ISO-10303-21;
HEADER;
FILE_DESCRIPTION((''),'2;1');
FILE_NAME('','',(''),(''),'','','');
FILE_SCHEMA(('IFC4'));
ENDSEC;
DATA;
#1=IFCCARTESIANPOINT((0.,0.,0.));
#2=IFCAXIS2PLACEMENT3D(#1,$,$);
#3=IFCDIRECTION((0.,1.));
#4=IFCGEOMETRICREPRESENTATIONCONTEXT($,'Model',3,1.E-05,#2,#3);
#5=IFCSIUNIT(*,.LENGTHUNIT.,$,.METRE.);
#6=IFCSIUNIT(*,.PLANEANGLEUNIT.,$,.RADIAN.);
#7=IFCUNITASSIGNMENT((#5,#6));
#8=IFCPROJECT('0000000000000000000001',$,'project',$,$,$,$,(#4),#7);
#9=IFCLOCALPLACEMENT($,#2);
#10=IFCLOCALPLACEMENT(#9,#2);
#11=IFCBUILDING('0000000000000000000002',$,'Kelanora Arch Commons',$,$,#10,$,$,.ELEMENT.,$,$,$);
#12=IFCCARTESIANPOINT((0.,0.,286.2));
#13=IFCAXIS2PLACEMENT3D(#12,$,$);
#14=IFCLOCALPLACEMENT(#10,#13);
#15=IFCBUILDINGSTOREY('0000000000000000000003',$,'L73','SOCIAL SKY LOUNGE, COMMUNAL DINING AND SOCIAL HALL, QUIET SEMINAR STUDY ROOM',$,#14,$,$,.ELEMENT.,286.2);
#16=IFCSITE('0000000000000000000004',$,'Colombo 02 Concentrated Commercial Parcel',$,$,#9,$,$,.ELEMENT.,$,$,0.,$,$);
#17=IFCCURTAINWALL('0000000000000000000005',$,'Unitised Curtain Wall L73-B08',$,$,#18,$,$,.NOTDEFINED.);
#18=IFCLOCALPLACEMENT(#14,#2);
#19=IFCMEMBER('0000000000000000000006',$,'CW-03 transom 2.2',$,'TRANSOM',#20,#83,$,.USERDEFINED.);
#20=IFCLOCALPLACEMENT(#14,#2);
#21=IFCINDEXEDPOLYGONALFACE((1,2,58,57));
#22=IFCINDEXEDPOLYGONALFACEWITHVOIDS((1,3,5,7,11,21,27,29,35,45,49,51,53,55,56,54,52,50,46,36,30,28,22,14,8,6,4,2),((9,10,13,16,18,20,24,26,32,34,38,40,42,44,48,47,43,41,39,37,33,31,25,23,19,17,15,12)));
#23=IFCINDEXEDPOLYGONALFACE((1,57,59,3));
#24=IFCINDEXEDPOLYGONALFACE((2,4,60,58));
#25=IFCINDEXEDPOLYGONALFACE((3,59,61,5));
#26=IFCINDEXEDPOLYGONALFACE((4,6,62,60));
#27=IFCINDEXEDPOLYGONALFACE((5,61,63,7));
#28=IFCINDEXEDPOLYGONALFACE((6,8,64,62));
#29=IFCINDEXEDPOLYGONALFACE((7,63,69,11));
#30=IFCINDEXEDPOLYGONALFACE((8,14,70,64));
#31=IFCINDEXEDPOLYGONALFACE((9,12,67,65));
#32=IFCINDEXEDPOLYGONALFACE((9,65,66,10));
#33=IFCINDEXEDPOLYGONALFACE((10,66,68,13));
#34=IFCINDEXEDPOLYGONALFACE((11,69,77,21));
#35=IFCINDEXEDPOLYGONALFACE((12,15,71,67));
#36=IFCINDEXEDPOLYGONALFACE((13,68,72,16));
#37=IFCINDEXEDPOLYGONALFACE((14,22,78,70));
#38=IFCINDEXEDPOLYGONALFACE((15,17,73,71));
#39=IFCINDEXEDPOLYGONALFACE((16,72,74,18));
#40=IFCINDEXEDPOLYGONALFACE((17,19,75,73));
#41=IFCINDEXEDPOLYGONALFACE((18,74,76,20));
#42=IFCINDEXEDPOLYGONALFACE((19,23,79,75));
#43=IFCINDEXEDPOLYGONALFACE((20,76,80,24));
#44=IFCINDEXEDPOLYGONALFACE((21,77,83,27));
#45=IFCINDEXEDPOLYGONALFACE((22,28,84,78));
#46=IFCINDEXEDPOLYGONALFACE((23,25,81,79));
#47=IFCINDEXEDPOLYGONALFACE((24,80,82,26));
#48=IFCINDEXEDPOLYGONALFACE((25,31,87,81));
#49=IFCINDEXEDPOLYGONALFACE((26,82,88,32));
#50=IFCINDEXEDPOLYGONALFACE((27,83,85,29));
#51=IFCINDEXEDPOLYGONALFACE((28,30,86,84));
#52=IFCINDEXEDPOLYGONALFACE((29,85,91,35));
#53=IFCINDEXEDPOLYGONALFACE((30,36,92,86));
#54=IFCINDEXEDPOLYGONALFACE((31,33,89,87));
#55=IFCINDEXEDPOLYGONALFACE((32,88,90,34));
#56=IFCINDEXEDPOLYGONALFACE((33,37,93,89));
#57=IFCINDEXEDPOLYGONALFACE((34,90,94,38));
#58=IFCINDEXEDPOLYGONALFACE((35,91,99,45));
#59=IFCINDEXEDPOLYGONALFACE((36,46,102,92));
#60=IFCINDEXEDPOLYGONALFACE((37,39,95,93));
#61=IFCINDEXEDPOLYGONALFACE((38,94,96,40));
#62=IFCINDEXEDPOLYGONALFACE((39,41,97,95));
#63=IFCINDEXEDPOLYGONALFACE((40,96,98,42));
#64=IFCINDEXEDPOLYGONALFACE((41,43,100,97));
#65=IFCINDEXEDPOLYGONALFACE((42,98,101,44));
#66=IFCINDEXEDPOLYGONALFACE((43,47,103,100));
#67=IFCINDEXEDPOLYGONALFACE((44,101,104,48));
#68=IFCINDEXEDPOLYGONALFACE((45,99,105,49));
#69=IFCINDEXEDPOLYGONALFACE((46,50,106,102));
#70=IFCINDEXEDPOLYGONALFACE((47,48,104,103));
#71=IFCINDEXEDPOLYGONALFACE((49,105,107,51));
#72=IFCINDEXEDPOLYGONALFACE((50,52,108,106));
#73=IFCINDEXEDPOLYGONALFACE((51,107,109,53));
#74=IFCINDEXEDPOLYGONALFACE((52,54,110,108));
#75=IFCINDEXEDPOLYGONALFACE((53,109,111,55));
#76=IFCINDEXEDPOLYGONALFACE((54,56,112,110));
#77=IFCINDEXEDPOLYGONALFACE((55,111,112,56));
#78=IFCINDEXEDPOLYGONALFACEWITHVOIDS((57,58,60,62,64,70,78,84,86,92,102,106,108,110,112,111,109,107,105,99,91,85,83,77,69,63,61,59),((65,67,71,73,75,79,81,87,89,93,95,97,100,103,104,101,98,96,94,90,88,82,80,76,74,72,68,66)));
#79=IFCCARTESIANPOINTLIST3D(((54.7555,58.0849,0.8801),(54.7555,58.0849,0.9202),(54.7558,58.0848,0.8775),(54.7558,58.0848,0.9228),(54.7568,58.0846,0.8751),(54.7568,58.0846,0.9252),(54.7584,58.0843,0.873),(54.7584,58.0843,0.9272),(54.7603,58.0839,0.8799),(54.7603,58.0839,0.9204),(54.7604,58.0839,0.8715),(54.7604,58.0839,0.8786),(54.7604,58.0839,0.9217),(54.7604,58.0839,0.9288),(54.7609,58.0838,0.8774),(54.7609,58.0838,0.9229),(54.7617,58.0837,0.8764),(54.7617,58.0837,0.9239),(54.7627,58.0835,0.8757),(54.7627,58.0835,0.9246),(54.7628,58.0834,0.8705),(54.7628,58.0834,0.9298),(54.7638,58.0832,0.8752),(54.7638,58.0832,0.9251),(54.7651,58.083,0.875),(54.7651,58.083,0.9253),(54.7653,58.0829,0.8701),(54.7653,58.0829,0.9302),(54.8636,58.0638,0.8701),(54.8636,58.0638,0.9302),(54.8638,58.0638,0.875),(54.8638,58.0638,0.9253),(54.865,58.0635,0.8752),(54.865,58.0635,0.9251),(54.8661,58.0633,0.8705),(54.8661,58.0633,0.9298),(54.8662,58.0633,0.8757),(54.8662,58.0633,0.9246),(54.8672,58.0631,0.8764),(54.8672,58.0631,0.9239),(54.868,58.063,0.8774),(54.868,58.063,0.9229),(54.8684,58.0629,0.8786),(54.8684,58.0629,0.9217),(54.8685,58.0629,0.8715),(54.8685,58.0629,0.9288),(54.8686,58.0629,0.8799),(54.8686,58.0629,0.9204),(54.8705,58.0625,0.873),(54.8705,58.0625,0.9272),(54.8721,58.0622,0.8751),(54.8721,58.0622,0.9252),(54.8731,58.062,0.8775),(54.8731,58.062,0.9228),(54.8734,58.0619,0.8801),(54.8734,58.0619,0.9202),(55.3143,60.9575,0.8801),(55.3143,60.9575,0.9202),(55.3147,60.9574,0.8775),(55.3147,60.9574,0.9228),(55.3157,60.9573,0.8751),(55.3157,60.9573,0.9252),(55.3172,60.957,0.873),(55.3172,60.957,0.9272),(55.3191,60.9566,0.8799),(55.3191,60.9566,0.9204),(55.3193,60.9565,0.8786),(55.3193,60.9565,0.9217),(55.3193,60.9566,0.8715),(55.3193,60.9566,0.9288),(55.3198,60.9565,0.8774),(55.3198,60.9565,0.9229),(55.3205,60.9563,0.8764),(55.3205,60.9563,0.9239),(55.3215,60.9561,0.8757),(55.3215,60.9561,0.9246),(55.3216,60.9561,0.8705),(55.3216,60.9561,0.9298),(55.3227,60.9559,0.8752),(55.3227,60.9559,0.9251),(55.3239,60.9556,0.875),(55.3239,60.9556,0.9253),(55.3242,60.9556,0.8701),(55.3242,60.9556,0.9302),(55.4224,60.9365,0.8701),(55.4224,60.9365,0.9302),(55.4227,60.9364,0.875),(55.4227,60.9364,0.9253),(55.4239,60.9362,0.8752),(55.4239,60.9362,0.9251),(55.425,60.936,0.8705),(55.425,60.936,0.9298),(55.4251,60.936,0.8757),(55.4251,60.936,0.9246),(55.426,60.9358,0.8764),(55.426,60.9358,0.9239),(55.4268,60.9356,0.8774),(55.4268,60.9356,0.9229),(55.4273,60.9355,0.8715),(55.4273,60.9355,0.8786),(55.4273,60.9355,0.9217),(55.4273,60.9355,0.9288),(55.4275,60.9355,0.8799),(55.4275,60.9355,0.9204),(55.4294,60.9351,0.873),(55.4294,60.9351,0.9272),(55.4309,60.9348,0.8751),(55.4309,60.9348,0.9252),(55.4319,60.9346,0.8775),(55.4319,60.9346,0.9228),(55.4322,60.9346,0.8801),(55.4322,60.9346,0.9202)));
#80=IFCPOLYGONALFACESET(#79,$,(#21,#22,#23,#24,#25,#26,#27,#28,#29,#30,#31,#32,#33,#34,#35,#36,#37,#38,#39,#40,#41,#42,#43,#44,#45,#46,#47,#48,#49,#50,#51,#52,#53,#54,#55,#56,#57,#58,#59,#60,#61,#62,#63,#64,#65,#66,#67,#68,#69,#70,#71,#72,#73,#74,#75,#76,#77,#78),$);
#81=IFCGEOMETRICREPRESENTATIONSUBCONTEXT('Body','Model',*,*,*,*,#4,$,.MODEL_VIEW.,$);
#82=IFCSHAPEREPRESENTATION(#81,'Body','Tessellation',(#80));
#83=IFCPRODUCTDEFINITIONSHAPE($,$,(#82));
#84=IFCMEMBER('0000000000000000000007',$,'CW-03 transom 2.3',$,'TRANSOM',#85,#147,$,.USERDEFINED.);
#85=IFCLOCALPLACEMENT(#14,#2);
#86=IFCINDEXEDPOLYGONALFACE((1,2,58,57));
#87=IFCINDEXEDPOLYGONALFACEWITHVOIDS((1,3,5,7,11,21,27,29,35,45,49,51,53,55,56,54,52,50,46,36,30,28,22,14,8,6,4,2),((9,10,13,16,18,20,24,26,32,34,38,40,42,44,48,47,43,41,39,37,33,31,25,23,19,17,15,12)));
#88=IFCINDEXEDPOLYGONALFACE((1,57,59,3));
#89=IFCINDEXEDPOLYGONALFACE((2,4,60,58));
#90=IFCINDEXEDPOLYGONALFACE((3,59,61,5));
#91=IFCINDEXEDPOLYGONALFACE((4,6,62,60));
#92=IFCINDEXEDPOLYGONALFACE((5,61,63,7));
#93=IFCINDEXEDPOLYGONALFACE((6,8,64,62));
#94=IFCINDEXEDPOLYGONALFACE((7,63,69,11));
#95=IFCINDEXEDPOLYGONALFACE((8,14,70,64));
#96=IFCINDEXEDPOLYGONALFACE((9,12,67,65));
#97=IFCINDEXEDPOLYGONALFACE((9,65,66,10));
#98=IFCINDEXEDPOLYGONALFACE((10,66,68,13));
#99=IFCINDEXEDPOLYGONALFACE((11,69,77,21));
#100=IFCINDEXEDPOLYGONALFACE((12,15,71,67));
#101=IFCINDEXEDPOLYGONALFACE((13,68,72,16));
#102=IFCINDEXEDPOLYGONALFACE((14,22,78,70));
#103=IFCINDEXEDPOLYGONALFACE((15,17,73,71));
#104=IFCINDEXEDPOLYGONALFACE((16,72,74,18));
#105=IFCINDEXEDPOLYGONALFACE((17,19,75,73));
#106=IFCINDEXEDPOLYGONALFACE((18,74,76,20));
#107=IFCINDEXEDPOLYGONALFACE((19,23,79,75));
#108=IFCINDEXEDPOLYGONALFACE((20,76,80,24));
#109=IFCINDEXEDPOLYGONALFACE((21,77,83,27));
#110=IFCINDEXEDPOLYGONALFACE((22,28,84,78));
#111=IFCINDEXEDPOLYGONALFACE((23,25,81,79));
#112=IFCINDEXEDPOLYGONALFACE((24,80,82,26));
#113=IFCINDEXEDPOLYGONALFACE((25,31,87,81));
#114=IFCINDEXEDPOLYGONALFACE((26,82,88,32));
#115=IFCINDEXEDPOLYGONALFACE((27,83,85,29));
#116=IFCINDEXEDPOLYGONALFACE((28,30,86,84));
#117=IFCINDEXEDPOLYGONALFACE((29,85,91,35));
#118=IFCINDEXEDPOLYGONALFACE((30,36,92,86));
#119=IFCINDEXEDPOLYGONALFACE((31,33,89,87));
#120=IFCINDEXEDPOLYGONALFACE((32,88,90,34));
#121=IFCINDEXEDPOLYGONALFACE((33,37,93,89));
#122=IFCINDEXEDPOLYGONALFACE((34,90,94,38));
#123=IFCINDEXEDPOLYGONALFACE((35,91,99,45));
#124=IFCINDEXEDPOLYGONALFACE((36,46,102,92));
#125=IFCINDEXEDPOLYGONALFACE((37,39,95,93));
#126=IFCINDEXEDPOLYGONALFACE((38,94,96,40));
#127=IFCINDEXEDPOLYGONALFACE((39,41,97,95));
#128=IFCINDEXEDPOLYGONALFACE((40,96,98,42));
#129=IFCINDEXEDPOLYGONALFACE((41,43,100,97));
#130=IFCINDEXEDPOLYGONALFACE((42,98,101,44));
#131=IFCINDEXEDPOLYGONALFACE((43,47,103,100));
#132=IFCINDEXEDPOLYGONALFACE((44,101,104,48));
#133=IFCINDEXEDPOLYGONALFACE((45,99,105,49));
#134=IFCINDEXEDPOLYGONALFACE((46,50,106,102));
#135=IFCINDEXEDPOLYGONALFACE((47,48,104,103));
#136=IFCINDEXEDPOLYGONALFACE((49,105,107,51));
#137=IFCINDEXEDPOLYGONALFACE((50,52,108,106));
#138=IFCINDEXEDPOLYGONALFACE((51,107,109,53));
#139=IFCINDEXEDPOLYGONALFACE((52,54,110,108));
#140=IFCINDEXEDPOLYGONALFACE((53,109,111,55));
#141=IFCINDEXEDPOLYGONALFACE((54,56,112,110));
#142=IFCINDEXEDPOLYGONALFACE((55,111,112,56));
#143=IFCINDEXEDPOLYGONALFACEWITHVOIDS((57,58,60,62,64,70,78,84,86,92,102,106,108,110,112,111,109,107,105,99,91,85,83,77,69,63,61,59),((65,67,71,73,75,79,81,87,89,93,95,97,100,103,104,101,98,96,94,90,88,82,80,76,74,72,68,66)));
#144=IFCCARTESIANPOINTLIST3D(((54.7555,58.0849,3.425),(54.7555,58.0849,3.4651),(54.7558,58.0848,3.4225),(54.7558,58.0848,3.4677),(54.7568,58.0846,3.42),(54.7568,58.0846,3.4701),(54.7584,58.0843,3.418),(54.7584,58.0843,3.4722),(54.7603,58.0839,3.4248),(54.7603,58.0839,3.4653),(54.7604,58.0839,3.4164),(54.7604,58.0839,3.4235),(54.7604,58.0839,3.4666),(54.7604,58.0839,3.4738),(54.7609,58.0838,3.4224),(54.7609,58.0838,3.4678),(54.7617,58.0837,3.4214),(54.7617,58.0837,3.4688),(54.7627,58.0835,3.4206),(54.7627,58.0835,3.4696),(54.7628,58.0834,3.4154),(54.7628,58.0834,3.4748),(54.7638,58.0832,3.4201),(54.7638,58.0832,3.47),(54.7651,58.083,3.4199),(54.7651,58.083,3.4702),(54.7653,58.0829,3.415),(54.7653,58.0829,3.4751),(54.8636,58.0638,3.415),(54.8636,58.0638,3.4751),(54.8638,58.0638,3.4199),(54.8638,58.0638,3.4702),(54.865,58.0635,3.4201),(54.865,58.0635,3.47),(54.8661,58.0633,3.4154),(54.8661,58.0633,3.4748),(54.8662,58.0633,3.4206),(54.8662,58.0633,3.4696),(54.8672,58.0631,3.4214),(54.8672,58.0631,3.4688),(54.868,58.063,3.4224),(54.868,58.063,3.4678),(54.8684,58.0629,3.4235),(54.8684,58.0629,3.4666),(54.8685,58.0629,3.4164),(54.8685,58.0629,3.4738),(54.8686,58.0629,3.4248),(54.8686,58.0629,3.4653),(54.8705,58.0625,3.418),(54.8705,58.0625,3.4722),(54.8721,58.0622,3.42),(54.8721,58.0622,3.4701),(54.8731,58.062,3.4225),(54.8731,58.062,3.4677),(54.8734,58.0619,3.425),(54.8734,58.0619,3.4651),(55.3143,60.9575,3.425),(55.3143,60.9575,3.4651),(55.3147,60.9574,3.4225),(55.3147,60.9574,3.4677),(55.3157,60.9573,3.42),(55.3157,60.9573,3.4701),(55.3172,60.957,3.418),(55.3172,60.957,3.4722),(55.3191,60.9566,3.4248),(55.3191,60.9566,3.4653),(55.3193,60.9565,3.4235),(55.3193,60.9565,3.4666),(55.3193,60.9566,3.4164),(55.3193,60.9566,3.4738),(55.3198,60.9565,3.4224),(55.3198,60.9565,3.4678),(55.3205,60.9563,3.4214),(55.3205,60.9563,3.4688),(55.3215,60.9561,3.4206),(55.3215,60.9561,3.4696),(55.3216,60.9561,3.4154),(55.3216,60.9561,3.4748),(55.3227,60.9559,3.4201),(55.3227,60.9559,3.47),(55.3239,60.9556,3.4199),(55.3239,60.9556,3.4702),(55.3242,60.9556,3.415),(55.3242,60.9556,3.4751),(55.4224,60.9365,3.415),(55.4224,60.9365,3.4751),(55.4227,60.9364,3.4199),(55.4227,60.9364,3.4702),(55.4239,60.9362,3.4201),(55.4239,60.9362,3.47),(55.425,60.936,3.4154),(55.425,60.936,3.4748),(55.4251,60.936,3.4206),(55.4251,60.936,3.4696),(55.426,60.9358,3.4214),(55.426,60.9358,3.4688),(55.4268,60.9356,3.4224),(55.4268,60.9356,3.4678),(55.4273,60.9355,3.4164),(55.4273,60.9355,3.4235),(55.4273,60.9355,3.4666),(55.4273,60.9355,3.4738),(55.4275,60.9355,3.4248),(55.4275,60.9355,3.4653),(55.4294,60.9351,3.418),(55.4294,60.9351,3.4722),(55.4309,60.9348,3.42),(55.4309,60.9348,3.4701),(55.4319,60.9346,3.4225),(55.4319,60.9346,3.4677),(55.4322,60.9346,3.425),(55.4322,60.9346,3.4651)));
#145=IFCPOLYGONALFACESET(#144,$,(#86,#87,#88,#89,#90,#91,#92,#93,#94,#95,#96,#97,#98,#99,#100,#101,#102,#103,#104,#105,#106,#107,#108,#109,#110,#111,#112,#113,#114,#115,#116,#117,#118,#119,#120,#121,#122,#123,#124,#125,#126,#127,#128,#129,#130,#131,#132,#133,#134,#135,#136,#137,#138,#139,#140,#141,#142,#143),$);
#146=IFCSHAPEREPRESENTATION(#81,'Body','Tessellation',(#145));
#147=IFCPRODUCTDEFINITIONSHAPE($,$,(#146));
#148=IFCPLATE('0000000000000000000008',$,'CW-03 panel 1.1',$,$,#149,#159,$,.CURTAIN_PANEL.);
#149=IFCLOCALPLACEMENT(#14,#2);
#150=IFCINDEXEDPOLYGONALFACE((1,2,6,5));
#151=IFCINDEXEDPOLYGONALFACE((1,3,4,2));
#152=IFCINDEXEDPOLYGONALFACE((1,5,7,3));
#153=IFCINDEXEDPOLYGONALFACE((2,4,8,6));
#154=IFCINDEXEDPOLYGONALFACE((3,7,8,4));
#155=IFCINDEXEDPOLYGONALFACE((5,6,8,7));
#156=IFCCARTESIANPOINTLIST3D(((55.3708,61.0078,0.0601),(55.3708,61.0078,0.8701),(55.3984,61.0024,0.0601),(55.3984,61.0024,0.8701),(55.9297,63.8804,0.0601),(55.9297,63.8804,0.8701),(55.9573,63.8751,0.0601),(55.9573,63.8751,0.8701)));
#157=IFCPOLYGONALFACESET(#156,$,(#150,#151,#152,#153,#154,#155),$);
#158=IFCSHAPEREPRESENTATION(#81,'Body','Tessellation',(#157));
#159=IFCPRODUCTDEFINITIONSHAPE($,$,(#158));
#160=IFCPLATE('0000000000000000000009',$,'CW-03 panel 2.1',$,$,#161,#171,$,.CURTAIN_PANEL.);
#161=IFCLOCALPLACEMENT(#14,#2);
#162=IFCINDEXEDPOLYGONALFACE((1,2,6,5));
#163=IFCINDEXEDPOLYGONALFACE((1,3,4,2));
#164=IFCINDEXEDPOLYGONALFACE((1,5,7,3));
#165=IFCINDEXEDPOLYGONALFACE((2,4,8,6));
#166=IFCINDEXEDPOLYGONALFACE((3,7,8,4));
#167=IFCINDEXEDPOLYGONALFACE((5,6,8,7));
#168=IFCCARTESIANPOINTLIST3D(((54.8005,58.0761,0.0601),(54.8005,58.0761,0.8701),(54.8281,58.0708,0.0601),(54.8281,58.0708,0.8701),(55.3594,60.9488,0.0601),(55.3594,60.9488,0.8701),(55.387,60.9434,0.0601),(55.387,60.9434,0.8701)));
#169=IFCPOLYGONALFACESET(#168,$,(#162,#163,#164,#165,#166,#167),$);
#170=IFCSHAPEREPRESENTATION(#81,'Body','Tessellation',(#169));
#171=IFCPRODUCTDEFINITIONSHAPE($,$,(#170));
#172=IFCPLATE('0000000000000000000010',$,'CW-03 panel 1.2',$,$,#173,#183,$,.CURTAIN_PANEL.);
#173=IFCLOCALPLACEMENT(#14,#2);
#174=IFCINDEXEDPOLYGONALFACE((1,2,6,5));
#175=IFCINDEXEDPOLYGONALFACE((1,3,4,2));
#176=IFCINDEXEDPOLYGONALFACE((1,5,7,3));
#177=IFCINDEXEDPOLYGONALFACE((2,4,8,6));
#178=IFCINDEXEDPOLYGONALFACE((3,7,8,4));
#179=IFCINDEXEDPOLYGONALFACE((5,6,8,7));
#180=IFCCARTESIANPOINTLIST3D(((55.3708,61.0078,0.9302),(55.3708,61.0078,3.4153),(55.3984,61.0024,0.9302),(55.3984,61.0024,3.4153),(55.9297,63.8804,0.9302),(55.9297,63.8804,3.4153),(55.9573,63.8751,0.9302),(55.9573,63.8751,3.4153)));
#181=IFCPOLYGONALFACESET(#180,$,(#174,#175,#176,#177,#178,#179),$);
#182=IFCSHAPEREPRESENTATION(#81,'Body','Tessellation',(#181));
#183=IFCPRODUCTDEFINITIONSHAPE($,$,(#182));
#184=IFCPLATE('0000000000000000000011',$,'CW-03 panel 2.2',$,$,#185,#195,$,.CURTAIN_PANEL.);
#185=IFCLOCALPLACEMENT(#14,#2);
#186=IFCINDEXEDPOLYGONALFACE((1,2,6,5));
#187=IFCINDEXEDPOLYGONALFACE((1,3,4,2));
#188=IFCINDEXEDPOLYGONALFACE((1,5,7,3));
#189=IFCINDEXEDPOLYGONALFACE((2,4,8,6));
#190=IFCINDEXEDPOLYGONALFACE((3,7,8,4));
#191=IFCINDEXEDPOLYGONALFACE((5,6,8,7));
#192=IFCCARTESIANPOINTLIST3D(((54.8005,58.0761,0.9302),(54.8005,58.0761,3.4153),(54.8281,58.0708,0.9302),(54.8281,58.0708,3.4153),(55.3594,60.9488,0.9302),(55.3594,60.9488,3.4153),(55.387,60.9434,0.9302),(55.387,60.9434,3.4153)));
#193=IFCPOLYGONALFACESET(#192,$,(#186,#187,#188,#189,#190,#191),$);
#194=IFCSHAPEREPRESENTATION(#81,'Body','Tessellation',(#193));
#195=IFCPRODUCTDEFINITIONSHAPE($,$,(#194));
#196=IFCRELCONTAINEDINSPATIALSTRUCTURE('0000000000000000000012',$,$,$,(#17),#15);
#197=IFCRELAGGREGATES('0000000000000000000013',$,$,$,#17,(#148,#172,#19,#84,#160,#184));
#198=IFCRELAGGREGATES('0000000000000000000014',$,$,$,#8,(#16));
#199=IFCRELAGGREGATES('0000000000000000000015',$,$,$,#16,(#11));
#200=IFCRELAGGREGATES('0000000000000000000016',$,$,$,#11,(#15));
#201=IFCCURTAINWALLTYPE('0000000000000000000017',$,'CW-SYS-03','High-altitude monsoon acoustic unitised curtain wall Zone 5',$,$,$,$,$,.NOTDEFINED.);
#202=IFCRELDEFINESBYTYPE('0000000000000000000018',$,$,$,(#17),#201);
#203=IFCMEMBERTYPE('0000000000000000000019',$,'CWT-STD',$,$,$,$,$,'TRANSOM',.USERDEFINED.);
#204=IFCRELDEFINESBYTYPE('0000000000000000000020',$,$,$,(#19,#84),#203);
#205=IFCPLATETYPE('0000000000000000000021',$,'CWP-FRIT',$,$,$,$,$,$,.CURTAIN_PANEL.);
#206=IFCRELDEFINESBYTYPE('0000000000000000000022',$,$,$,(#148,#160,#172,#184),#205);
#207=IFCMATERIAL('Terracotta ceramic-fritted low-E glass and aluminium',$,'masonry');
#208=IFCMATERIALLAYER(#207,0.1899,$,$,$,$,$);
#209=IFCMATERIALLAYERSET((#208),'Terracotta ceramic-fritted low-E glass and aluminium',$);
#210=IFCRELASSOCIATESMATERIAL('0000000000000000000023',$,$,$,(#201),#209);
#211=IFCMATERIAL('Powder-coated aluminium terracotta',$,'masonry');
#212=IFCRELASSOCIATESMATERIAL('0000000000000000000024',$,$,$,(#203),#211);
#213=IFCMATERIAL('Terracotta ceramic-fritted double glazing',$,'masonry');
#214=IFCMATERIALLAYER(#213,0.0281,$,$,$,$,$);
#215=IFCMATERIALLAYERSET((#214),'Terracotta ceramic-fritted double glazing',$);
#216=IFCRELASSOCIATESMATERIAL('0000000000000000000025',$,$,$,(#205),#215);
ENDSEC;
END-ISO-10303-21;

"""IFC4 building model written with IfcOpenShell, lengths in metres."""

from ifc_helpers import new_model, si_unit, direction, frame, origin, origin_2d, place, context, subcontext, project, spatial, rectangle, hollow_rectangle, extrude, source, transform, mapped, material, layer, layer_set, material_profile, profile_set, type_object, element, aggregate, save


model = new_model("IFC4")

# Units and contexts
model_context = context("Model", 3, precision=1e-05, world=origin(), true_north=direction((0.0, 1.0)))
body_context = subcontext(model_context, "Body", "Model", "MODEL_VIEW")
ifc_project = project(units=[si_unit("LENGTHUNIT", "METRE"), si_unit("PLANEANGLEUNIT", "RADIAN")], contexts=[model_context])

# Site, building, storey
site_placement = place(None, origin())
site = spatial("IfcSite", under=ifc_project, at=site_placement, Name="Colombo 02 Concentrated Commercial Parcel", CompositionType="ELEMENT", RefElevation=0.0)
building_placement = place(site_placement, origin())
building = spatial("IfcBuilding", under=site, at=building_placement, Name="Kelanora Arch Commons", CompositionType="ELEMENT")
storey_placement = place(building_placement, frame((0.0, 0.0, 286.2)))
storey = spatial("IfcBuildingStorey", under=building, at=storey_placement, Name="L73", Description="SOCIAL SKY LOUNGE, COMMUNAL DINING AND SOCIAL HALL, QUIET SEMINAR STUDY ROOM", CompositionType="ELEMENT", Elevation=286.2)

# Curtain wall, members, plates
ifc_material_1 = material(Name="Terracotta ceramic-fritted low-E glass and aluminium", Category="masonry")
ifc_layer_1 = layer(ifc_material_1, 0.1899)
ifc_layer_set_1 = layer_set([ifc_layer_1], Name="Terracotta ceramic-fritted low-E glass and aluminium")
curtain_wall_type = type_object("IfcCurtainWallType", Name="CW-SYS-03", Description="High-altitude monsoon acoustic unitised curtain wall Zone 5", PredefinedType="NOTDEFINED", material=ifc_layer_set_1)
curtain_wall_placement = place(storey_placement, origin())
curtain_wall = element("IfcCurtainWall", 1, at=curtain_wall_placement, inside=storey, type_object=curtain_wall_type, Name="Unitised Curtain Wall L73-B08", PredefinedType="NOTDEFINED")
ifc_material_2 = material(Name="Powder-coated aluminium terracotta", Category="masonry")
ifc_material_profile_1 = material_profile(ifc_material_2, hollow_rectangle(XDim=0.1201, YDim=0.0601, WallThickness=0.0049, InnerFilletRadius=0.0049, OuterFilletRadius=0.01, at=origin_2d()), Name="CWT120x60")
ifc_profile_set_1 = profile_set([ifc_material_profile_1], Name="Powder-coated aluminium terracotta")
member_type_1 = type_object("IfcMemberType", Name="CWT-STD", ElementType="TRANSOM", PredefinedType="USERDEFINED", material=ifc_profile_set_1)
member_1_placement = place(storey_placement, frame((55.3733, 60.946, 0.9001), z_axis=(-0.190963, -0.981597, 0.0), x_axis=(0.981597, -0.190963, 0.0)))
member_1 = element("IfcMember", 2, at=member_1_placement, type_object=member_type_1, Name="CW-03 transom 2.2", ObjectType="TRANSOM", PredefinedType="USERDEFINED", context=body_context, shape_type="SweptSolid", body=[
    extrude(hollow_rectangle(XDim=0.1201, YDim=0.0601, WallThickness=0.0049, InnerFilletRadius=0.0049, OuterFilletRadius=0.01, at=origin_2d()), origin(), (0.0, 0.0, 1.0), 2.9265),
])
member_2_placement = place(storey_placement, frame((55.3733, 60.946, 3.4451), z_axis=(-0.190963, -0.981597, 0.0), x_axis=(0.981597, -0.190963, 0.0)))
member_2 = element("IfcMember", 3, at=member_2_placement, type_object=member_type_1, Name="CW-03 transom 2.3", ObjectType="TRANSOM", PredefinedType="USERDEFINED", context=body_context, shape_type="SweptSolid", body=[
    extrude(hollow_rectangle(XDim=0.1201, YDim=0.0601, WallThickness=0.0049, InnerFilletRadius=0.0049, OuterFilletRadius=0.01, at=origin_2d()), origin(), (0.0, 0.0, 1.0), 2.9265),
])
ifc_material_3 = material(Name="Terracotta ceramic-fritted double glazing", Category="masonry")
ifc_layer_2 = layer(ifc_material_3, 0.0281)
ifc_layer_set_2 = layer_set([ifc_layer_2], Name="Terracotta ceramic-fritted double glazing")
plate_type = type_object("IfcPlateType", Name="CWP-FRIT", PredefinedType="CURTAIN_PANEL", material=ifc_layer_set_2)
shared_shape_1 = source(origin(), body_context, "Body", "SweptSolid", [
    extrude(rectangle(XDim=2.9265, YDim=0.0281, at=origin_2d()), origin(), (0.0, 0.0, 1.0), 0.8101),
])
plate_1_placement = place(storey_placement, frame((55.6641, 62.4414, 0.0601), z_axis=(0.0, 0.0, 1.0), x_axis=(-0.190972, -0.981596, 0.0)))
plate_1 = element("IfcPlate", 4, at=plate_1_placement, type_object=plate_type, Name="CW-03 panel 1.1", PredefinedType="CURTAIN_PANEL", context=body_context, shape_type="MappedRepresentation", body=[
    mapped(shared_shape_1, transform((0.0, 0.0, 0.0), scale=1.0)),
])
plate_2_placement = place(storey_placement, frame((55.0938, 59.5098, 0.0601), z_axis=(0.0, 0.0, 1.0), x_axis=(-0.190972, -0.981596, 0.0)))
plate_2 = element("IfcPlate", 5, at=plate_2_placement, type_object=plate_type, Name="CW-03 panel 2.1", PredefinedType="CURTAIN_PANEL", context=body_context, shape_type="MappedRepresentation", body=[
    mapped(shared_shape_1, transform((0.0, 0.0, 0.0), scale=1.0)),
])
shared_shape_2 = source(origin(), body_context, "Body", "SweptSolid", [
    extrude(rectangle(XDim=2.9265, YDim=0.0281, at=origin_2d()), origin(), (0.0, 0.0, 1.0), 2.4851),
])
plate_3_placement = place(storey_placement, frame((55.6641, 62.4414, 0.9302), z_axis=(0.0, 0.0, 1.0), x_axis=(-0.190972, -0.981596, 0.0)))
plate_3 = element("IfcPlate", 6, at=plate_3_placement, type_object=plate_type, Name="CW-03 panel 1.2", PredefinedType="CURTAIN_PANEL", context=body_context, shape_type="MappedRepresentation", body=[
    mapped(shared_shape_2, transform((0.0, 0.0, 0.0), scale=1.0)),
])
plate_4_placement = place(storey_placement, frame((55.0938, 59.5098, 0.9302), z_axis=(0.0, 0.0, 1.0), x_axis=(-0.190972, -0.981596, 0.0)))
plate_4 = element("IfcPlate", 7, at=plate_4_placement, type_object=plate_type, Name="CW-03 panel 2.2", PredefinedType="CURTAIN_PANEL", context=body_context, shape_type="MappedRepresentation", body=[
    mapped(shared_shape_2, transform((0.0, 0.0, 0.0), scale=1.0)),
])
aggregate(curtain_wall, [plate_1, plate_3, member_1, member_2, plate_2, plate_4])

save(model, "model.ifc")
